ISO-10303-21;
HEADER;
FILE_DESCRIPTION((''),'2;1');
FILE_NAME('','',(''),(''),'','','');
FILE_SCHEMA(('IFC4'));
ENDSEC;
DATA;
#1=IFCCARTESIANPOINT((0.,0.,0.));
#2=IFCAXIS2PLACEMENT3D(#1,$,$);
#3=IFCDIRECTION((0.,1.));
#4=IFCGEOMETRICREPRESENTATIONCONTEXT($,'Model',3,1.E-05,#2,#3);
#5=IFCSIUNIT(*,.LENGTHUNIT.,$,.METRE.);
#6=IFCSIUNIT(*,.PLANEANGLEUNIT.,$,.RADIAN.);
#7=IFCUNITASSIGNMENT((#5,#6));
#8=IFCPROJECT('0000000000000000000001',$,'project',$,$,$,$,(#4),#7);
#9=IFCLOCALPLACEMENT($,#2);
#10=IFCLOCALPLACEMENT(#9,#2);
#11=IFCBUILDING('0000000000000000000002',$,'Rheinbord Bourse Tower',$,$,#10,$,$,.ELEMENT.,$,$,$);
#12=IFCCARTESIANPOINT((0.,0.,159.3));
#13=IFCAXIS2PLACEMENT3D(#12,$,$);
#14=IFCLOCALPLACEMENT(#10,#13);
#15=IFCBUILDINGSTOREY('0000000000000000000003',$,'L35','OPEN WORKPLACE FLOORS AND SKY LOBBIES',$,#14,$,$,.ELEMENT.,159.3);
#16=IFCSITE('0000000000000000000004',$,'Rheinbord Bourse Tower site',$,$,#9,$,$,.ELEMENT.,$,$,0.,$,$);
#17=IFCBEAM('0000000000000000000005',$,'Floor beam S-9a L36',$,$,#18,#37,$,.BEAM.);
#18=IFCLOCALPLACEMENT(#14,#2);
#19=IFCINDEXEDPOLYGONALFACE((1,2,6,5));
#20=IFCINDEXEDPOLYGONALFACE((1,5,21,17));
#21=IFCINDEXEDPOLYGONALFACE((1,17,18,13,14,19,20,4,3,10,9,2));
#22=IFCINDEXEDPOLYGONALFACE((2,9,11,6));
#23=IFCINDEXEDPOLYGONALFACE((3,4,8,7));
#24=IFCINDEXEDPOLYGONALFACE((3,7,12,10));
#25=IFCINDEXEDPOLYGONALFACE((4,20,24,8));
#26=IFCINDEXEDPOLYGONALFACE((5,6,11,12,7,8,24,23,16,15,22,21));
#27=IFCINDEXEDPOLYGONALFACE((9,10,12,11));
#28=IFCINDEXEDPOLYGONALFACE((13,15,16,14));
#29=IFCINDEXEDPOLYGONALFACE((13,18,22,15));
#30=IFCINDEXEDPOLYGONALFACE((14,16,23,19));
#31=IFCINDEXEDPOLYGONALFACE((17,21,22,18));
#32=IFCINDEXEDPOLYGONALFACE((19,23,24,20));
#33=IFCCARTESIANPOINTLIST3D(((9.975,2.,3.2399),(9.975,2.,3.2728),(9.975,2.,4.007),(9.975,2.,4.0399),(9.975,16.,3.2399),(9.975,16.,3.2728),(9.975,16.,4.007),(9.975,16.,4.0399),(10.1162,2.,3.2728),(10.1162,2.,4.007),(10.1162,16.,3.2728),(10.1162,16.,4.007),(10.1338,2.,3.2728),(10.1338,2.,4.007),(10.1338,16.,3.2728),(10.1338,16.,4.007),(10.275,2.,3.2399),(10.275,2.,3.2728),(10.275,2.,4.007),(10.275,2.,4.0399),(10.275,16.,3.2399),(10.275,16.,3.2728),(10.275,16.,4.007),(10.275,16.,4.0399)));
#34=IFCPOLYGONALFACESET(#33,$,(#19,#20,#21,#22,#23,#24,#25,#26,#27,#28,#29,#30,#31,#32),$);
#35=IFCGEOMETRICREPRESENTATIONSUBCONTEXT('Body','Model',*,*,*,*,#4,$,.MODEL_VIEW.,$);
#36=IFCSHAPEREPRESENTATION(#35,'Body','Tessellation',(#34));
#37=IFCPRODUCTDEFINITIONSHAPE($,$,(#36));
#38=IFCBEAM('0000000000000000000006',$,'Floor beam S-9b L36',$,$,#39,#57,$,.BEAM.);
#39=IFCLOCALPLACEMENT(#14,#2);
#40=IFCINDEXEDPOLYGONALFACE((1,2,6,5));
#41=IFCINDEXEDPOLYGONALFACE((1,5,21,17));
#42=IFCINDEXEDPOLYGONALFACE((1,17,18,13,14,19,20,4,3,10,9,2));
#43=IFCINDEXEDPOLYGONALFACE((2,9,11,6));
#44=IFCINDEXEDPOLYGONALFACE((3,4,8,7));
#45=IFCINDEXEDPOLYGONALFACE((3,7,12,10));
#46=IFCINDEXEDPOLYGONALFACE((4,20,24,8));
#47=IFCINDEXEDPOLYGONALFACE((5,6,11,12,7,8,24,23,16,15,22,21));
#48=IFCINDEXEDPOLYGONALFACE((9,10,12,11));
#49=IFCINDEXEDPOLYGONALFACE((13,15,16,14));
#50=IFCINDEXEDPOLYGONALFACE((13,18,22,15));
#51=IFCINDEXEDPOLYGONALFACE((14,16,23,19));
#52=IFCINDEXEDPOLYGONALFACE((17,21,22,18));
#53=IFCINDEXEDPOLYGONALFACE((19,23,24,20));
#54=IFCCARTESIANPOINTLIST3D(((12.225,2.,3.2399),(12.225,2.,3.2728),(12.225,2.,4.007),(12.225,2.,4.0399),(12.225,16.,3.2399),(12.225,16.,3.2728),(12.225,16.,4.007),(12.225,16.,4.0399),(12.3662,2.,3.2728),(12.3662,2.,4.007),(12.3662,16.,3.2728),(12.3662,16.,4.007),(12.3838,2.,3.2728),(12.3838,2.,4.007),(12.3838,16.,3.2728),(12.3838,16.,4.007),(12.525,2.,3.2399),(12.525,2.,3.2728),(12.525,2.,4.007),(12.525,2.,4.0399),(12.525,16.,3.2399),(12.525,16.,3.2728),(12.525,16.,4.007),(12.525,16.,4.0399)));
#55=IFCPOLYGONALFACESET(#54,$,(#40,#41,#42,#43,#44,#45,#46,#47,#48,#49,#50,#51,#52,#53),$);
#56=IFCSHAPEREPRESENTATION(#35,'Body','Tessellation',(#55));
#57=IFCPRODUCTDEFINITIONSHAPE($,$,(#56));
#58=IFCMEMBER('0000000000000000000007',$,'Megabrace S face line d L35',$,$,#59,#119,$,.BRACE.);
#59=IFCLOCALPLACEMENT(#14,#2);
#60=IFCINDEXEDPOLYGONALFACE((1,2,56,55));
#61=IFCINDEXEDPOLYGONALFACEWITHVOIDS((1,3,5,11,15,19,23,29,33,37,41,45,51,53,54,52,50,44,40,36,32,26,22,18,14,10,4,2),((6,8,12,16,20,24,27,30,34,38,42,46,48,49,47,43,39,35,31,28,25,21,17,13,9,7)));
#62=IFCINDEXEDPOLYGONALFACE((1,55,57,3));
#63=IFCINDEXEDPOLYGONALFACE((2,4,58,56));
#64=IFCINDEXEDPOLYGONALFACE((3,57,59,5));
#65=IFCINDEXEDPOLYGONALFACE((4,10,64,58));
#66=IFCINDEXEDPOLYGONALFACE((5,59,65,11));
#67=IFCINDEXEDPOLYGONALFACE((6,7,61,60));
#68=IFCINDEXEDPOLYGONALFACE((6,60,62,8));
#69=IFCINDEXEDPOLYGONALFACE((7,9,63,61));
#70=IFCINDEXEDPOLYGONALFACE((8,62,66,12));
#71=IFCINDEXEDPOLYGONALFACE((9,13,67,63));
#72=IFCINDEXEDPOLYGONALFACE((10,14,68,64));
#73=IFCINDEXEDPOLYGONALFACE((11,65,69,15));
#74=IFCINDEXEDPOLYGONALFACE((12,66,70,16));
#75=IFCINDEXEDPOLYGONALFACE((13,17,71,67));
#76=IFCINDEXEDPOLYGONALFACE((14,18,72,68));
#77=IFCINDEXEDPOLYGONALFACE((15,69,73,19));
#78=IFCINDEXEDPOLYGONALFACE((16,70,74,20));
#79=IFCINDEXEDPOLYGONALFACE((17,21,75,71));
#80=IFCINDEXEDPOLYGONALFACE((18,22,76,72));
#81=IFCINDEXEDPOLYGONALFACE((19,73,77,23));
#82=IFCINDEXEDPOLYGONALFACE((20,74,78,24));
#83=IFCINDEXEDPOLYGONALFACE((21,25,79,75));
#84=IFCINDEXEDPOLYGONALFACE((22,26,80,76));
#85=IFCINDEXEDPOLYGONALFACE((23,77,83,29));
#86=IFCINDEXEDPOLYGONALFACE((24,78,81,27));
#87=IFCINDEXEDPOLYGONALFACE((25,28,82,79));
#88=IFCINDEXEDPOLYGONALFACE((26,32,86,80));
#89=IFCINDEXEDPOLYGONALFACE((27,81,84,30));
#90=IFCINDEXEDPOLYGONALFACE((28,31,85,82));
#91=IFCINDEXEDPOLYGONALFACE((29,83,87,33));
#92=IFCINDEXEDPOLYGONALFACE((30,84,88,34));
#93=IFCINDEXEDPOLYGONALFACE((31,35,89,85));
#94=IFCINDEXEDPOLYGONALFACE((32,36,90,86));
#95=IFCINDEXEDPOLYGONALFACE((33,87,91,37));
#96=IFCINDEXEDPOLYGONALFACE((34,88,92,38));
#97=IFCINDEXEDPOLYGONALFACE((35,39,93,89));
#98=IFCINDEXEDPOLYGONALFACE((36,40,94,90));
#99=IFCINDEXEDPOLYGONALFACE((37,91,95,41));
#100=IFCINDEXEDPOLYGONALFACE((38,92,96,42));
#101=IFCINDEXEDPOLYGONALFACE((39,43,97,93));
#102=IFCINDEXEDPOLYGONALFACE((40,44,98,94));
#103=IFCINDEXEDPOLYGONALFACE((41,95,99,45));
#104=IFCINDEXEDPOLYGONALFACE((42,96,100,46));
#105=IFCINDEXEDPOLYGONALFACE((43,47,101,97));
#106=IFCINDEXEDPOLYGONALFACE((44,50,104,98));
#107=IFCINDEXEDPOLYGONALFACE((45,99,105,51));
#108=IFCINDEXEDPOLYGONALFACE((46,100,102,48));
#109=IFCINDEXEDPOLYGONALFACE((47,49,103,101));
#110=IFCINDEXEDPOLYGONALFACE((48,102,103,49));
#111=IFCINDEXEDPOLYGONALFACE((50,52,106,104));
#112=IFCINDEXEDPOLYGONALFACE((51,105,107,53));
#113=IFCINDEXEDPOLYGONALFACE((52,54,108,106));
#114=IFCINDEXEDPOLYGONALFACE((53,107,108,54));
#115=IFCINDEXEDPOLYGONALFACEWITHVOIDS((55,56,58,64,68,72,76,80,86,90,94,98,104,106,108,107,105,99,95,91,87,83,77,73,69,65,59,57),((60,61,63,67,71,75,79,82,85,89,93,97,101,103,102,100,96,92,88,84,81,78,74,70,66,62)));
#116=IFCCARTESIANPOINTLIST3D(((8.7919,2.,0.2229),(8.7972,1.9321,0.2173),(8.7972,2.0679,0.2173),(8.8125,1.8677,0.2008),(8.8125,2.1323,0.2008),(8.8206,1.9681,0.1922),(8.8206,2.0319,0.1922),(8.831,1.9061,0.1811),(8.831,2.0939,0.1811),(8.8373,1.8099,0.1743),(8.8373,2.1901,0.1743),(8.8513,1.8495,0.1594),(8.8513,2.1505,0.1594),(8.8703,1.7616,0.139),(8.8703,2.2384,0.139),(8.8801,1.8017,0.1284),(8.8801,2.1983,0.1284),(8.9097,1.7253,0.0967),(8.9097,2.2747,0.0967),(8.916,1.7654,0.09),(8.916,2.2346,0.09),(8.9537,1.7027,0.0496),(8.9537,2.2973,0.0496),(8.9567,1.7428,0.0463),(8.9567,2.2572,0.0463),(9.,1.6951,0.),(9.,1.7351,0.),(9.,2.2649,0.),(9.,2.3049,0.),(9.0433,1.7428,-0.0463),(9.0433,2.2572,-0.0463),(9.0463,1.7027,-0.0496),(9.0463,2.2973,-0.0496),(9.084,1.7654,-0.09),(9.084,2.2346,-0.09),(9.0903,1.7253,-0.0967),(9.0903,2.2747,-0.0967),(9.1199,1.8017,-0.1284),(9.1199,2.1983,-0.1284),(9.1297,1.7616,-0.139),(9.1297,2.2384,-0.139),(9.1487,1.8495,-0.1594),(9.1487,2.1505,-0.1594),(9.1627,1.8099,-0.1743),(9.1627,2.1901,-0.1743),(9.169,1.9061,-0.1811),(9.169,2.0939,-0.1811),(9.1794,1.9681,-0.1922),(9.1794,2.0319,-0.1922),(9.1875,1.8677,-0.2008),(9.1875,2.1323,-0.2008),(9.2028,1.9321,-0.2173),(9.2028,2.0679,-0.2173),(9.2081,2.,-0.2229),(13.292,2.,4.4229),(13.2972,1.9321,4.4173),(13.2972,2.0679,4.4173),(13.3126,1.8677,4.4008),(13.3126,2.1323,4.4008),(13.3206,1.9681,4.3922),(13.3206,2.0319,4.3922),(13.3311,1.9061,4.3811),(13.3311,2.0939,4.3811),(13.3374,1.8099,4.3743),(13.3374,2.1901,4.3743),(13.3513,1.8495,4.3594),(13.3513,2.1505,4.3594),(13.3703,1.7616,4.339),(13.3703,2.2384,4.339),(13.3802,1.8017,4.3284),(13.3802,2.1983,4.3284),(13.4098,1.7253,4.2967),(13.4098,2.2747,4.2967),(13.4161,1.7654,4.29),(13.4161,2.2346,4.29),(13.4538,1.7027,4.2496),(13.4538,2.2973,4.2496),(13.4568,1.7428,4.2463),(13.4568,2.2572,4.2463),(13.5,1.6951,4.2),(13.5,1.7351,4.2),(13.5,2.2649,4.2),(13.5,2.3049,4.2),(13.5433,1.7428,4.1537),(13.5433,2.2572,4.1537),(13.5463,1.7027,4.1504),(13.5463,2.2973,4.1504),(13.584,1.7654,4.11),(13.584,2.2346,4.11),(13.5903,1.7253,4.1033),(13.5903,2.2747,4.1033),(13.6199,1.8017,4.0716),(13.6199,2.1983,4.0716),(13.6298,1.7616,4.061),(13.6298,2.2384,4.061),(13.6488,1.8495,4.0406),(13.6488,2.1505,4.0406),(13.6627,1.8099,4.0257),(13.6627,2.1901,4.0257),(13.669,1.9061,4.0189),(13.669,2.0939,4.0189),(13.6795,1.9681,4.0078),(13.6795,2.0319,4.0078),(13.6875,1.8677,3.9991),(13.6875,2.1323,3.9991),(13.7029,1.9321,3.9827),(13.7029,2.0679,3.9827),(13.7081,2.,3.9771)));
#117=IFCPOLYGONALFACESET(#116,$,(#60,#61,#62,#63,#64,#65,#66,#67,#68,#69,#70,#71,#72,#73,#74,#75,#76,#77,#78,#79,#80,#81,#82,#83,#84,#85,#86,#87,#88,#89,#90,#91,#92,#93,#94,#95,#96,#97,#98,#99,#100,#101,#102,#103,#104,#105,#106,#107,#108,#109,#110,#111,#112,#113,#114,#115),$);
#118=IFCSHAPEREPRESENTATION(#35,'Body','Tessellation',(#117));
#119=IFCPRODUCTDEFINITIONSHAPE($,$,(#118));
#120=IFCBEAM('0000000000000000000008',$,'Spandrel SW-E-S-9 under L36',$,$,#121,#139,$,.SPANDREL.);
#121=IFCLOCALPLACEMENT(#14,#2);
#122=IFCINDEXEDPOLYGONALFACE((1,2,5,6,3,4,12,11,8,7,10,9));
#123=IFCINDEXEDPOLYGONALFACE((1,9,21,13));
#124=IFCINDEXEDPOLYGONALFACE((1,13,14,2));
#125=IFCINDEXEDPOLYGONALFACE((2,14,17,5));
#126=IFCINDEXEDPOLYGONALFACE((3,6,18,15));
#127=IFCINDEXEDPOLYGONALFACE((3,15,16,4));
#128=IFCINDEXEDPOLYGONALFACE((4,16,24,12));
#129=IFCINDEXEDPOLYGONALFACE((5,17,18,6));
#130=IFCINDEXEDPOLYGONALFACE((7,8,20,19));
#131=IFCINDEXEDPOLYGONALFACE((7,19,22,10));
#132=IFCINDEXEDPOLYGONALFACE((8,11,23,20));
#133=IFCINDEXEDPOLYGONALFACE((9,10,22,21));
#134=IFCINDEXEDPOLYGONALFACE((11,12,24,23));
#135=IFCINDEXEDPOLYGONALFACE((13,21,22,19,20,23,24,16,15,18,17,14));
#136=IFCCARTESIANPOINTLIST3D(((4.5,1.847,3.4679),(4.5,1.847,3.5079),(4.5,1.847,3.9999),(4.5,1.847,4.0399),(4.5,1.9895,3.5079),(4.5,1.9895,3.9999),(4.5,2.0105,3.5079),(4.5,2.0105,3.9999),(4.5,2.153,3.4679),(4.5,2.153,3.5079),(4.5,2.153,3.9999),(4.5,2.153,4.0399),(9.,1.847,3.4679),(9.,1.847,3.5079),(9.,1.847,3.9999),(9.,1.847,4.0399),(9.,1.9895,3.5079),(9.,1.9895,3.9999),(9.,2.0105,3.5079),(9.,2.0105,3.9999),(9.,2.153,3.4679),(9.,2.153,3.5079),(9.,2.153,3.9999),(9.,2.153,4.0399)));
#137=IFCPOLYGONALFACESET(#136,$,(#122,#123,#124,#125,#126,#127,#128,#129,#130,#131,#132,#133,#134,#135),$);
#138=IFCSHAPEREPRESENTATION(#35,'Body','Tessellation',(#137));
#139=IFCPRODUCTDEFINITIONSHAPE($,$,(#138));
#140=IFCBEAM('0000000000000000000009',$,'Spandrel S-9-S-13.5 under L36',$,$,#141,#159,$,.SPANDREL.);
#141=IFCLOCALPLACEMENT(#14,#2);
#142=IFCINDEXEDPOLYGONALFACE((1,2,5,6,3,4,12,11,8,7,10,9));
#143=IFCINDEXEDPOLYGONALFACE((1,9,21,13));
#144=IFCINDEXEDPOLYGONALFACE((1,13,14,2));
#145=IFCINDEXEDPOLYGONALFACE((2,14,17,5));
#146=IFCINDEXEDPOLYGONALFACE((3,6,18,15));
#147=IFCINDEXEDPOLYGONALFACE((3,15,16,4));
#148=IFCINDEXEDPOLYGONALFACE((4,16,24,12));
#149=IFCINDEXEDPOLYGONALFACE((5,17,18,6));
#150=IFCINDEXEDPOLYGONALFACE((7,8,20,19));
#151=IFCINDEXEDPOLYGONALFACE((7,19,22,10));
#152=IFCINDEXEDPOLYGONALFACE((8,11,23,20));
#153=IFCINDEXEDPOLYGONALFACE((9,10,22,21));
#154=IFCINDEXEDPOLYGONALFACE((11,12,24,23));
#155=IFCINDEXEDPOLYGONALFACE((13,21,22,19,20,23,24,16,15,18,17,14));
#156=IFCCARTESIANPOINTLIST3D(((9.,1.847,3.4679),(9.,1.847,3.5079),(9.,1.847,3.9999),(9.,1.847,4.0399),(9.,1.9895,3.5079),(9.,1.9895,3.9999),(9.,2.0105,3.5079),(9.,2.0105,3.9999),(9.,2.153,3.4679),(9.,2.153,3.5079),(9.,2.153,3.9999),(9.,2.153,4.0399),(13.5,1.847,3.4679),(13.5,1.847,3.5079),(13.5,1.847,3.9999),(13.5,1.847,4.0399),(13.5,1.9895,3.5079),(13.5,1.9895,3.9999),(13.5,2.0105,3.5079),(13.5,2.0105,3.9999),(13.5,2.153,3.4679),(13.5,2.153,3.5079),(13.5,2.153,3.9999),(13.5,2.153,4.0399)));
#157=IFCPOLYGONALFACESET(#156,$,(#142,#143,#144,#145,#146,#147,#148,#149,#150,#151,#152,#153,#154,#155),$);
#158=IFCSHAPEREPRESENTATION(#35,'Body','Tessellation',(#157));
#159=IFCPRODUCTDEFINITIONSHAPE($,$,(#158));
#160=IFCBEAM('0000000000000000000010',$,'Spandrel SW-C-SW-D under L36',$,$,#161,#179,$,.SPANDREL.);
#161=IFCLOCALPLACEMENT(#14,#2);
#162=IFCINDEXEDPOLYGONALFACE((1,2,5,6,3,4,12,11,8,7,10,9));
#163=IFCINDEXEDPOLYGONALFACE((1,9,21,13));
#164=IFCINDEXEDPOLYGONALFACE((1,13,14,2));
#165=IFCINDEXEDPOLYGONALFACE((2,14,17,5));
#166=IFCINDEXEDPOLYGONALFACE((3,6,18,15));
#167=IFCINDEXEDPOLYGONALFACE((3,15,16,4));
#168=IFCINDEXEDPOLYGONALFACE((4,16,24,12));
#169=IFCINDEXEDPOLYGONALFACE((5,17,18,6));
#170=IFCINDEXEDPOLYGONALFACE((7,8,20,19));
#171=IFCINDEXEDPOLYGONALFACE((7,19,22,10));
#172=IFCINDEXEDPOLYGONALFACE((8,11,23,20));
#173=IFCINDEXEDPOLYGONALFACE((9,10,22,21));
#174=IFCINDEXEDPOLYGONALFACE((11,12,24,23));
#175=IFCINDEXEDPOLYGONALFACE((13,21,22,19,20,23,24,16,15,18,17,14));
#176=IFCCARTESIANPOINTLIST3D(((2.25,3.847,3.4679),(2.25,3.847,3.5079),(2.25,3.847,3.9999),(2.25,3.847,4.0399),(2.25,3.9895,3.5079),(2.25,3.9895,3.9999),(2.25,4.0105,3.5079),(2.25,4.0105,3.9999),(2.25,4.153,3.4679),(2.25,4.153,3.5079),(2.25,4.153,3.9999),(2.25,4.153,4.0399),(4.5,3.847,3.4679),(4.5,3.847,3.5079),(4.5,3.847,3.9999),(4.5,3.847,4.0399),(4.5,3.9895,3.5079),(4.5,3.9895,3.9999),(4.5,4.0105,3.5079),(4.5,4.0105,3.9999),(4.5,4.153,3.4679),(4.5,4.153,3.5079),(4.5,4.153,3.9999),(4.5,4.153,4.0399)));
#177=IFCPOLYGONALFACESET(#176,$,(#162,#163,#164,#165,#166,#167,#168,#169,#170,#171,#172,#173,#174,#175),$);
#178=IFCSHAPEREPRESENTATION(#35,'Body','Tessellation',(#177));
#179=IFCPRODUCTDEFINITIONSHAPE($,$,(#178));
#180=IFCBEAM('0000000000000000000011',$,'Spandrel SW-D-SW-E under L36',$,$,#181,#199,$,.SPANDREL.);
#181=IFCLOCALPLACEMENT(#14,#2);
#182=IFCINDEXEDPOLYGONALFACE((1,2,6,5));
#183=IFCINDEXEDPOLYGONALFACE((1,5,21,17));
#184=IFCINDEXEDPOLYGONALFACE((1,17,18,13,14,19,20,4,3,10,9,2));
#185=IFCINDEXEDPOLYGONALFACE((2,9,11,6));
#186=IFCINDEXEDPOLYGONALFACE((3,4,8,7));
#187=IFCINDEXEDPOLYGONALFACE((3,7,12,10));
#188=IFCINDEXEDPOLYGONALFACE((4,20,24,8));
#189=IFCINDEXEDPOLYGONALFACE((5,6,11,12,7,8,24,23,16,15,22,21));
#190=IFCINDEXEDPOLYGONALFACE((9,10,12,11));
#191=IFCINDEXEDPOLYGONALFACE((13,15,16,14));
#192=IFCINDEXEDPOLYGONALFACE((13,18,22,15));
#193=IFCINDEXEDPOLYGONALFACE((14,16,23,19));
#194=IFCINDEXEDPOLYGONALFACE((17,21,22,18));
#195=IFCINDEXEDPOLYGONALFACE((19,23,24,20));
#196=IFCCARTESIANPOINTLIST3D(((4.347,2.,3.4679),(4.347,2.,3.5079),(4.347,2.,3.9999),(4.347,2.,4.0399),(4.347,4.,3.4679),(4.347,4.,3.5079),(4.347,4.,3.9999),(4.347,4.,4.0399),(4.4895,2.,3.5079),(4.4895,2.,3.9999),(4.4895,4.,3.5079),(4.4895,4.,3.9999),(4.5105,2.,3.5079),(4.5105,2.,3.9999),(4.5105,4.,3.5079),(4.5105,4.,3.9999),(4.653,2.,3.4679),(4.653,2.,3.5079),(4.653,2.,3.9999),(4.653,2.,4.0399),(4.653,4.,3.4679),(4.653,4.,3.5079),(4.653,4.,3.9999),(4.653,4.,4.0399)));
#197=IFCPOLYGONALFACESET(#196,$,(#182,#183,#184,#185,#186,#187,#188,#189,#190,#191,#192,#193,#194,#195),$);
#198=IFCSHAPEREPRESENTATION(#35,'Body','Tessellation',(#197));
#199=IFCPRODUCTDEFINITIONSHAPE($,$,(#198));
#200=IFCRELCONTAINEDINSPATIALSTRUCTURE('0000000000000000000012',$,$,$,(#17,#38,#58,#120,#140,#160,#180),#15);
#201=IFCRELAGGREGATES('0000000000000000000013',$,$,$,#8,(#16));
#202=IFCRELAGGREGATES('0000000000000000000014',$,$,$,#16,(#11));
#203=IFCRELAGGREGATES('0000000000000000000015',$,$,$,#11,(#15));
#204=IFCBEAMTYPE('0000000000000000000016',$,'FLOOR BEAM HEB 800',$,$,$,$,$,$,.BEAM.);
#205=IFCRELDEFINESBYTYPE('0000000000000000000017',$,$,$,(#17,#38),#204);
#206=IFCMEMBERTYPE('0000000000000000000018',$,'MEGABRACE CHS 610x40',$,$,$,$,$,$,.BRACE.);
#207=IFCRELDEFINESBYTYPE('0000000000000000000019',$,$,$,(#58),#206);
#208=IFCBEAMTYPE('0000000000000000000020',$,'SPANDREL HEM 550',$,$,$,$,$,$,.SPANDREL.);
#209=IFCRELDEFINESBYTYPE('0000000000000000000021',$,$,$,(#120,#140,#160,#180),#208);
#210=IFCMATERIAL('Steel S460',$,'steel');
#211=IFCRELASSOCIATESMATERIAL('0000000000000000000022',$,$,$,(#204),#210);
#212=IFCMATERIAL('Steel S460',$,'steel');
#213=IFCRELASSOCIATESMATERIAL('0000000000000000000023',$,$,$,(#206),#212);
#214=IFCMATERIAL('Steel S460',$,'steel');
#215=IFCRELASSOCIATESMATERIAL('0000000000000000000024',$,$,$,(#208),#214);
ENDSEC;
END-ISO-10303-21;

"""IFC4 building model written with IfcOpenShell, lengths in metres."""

from ifc_helpers import new_model, si_unit, direction, frame, origin, origin_2d, place, context, subcontext, project, spatial, hollow_circle, i_section, extrude, material, material_profile, profile_set, type_object, element, save


model = new_model("IFC4")

# Units and contexts
model_context = context("Model", 3, precision=1e-05, world=origin(), true_north=direction((0.0, 1.0)))
body_context = subcontext(model_context, "Body", "Model", "MODEL_VIEW")
ifc_project = project(units=[si_unit("LENGTHUNIT", "METRE"), si_unit("PLANEANGLEUNIT", "RADIAN")], contexts=[model_context])

# Site, building, storey
site_placement = place(None, origin())
site = spatial("IfcSite", under=ifc_project, at=site_placement, Name="Rheinbord Bourse Tower site", CompositionType="ELEMENT", RefElevation=0.0)
building_placement = place(site_placement, origin())
building = spatial("IfcBuilding", under=site, at=building_placement, Name="Rheinbord Bourse Tower", CompositionType="ELEMENT")
storey_placement = place(building_placement, frame((0.0, 0.0, 159.3)))
storey = spatial("IfcBuildingStorey", under=building, at=storey_placement, Name="L35", Description="OPEN WORKPLACE FLOORS AND SKY LOBBIES", CompositionType="ELEMENT", Elevation=159.3)

# Beams
ifc_material_1 = material(Name="Steel S460", Category="steel")
ifc_material_profile_1 = material_profile(ifc_material_1, i_section(OverallWidth=0.3, OverallDepth=0.8, WebThickness=0.0176, FlangeThickness=0.033, at=origin_2d()), Name="HEB 800")
ifc_profile_set_1 = profile_set([ifc_material_profile_1], Name="Steel S460")
beam_type_1 = type_object("IfcBeamType", Name="FLOOR BEAM HEB 800", PredefinedType="BEAM", material=ifc_profile_set_1)
for number, where, z_axis, x_axis, name in (
    (1, (10.125, 2.0, 3.6399), (0.0, 1.0, 0.0), (-1.0, 0.0, 0.0), "Floor beam S-9a L36"),
    (2, (12.375, 2.0, 3.6399), (0.0, 1.0, 0.0), (-1.0, 0.0, 0.0), "Floor beam S-9b L36"),
):
    element("IfcBeam", number, at=place(storey_placement, frame(where, z_axis=z_axis, x_axis=x_axis)), inside=storey, type_object=beam_type_1, Name=name, PredefinedType="BEAM", context=body_context, shape_type="SweptSolid", body=[
        extrude(i_section(OverallWidth=0.3, OverallDepth=0.8, WebThickness=0.0176, FlangeThickness=0.033, at=origin_2d()), origin(), (0.0, 0.0, 1.0), 14.0),
    ])

# Member
ifc_material_2 = material(Name="Steel S460", Category="steel")
ifc_material_profile_2 = material_profile(ifc_material_2, hollow_circle(Radius=0.3049, WallThickness=0.04, at=origin_2d()), Name="CHS 610x40")
ifc_profile_set_2 = profile_set([ifc_material_profile_2], Name="Steel S460")
member_type_1 = type_object("IfcMemberType", Name="MEGABRACE CHS 610x40", PredefinedType="BRACE", material=ifc_profile_set_2)
member_1_placement = place(storey_placement, frame((9.0, 2.0, 0.0), z_axis=(0.731059, 0.0, 0.682314), x_axis=(0.0, 1.0, 0.0)))
element("IfcMember", 3, at=member_1_placement, inside=storey, type_object=member_type_1, Name="Megabrace S face line d L35", PredefinedType="BRACE", context=body_context, shape_type="SweptSolid", body=[
    extrude(hollow_circle(Radius=0.3049, WallThickness=0.04, at=origin_2d()), origin(), (0.0, 0.0, 1.0), 6.1555),
])

# Beams
ifc_material_3 = material(Name="Steel S460", Category="steel")
ifc_material_profile_3 = material_profile(ifc_material_3, i_section(OverallWidth=0.3059, OverallDepth=0.572, WebThickness=0.021, FlangeThickness=0.04, at=origin_2d()), Name="HEM 550")
ifc_profile_set_3 = profile_set([ifc_material_profile_3], Name="Steel S460")
beam_type_2 = type_object("IfcBeamType", Name="SPANDREL HEM 550", PredefinedType="SPANDREL", material=ifc_profile_set_3)
for number, where, z_axis, x_axis, name in (
    (4, (4.5, 2.0, 3.7539), (1.0, 0.0, 0.0), (0.0, 1.0, 0.0), "Spandrel SW-E-S-9 under L36"),
    (5, (9.0, 2.0, 3.7539), (1.0, 0.0, 0.0), (0.0, 1.0, 0.0), "Spandrel S-9-S-13.5 under L36"),
):
    element("IfcBeam", number, at=place(storey_placement, frame(where, z_axis=z_axis, x_axis=x_axis)), inside=storey, type_object=beam_type_2, Name=name, PredefinedType="SPANDREL", context=body_context, shape_type="SweptSolid", body=[
        extrude(i_section(OverallWidth=0.3059, OverallDepth=0.572, WebThickness=0.021, FlangeThickness=0.04, at=origin_2d()), origin(), (0.0, 0.0, 1.0), 4.5),
    ])
beam_1_placement = place(storey_placement, frame((2.25, 4.0, 3.7539), z_axis=(1.0, 0.0, 0.0), x_axis=(0.0, 1.0, 0.0)))
element("IfcBeam", 6, at=beam_1_placement, inside=storey, type_object=beam_type_2, Name="Spandrel SW-C-SW-D under L36", PredefinedType="SPANDREL", context=body_context, shape_type="SweptSolid", body=[
    extrude(i_section(OverallWidth=0.3059, OverallDepth=0.572, WebThickness=0.021, FlangeThickness=0.04, at=origin_2d()), origin(), (0.0, 0.0, 1.0), 2.25),
])
beam_2_placement = place(storey_placement, frame((4.5, 4.0, 3.7539), z_axis=(0.0, -1.0, 0.0), x_axis=(1.0, 0.0, 0.0)))
element("IfcBeam", 7, at=beam_2_placement, inside=storey, type_object=beam_type_2, Name="Spandrel SW-D-SW-E under L36", PredefinedType="SPANDREL", context=body_context, shape_type="SweptSolid", body=[
    extrude(i_section(OverallWidth=0.3059, OverallDepth=0.572, WebThickness=0.021, FlangeThickness=0.04, at=origin_2d()), origin(), (0.0, 0.0, 1.0), 2.0),
])

save(model, "model.ifc")
